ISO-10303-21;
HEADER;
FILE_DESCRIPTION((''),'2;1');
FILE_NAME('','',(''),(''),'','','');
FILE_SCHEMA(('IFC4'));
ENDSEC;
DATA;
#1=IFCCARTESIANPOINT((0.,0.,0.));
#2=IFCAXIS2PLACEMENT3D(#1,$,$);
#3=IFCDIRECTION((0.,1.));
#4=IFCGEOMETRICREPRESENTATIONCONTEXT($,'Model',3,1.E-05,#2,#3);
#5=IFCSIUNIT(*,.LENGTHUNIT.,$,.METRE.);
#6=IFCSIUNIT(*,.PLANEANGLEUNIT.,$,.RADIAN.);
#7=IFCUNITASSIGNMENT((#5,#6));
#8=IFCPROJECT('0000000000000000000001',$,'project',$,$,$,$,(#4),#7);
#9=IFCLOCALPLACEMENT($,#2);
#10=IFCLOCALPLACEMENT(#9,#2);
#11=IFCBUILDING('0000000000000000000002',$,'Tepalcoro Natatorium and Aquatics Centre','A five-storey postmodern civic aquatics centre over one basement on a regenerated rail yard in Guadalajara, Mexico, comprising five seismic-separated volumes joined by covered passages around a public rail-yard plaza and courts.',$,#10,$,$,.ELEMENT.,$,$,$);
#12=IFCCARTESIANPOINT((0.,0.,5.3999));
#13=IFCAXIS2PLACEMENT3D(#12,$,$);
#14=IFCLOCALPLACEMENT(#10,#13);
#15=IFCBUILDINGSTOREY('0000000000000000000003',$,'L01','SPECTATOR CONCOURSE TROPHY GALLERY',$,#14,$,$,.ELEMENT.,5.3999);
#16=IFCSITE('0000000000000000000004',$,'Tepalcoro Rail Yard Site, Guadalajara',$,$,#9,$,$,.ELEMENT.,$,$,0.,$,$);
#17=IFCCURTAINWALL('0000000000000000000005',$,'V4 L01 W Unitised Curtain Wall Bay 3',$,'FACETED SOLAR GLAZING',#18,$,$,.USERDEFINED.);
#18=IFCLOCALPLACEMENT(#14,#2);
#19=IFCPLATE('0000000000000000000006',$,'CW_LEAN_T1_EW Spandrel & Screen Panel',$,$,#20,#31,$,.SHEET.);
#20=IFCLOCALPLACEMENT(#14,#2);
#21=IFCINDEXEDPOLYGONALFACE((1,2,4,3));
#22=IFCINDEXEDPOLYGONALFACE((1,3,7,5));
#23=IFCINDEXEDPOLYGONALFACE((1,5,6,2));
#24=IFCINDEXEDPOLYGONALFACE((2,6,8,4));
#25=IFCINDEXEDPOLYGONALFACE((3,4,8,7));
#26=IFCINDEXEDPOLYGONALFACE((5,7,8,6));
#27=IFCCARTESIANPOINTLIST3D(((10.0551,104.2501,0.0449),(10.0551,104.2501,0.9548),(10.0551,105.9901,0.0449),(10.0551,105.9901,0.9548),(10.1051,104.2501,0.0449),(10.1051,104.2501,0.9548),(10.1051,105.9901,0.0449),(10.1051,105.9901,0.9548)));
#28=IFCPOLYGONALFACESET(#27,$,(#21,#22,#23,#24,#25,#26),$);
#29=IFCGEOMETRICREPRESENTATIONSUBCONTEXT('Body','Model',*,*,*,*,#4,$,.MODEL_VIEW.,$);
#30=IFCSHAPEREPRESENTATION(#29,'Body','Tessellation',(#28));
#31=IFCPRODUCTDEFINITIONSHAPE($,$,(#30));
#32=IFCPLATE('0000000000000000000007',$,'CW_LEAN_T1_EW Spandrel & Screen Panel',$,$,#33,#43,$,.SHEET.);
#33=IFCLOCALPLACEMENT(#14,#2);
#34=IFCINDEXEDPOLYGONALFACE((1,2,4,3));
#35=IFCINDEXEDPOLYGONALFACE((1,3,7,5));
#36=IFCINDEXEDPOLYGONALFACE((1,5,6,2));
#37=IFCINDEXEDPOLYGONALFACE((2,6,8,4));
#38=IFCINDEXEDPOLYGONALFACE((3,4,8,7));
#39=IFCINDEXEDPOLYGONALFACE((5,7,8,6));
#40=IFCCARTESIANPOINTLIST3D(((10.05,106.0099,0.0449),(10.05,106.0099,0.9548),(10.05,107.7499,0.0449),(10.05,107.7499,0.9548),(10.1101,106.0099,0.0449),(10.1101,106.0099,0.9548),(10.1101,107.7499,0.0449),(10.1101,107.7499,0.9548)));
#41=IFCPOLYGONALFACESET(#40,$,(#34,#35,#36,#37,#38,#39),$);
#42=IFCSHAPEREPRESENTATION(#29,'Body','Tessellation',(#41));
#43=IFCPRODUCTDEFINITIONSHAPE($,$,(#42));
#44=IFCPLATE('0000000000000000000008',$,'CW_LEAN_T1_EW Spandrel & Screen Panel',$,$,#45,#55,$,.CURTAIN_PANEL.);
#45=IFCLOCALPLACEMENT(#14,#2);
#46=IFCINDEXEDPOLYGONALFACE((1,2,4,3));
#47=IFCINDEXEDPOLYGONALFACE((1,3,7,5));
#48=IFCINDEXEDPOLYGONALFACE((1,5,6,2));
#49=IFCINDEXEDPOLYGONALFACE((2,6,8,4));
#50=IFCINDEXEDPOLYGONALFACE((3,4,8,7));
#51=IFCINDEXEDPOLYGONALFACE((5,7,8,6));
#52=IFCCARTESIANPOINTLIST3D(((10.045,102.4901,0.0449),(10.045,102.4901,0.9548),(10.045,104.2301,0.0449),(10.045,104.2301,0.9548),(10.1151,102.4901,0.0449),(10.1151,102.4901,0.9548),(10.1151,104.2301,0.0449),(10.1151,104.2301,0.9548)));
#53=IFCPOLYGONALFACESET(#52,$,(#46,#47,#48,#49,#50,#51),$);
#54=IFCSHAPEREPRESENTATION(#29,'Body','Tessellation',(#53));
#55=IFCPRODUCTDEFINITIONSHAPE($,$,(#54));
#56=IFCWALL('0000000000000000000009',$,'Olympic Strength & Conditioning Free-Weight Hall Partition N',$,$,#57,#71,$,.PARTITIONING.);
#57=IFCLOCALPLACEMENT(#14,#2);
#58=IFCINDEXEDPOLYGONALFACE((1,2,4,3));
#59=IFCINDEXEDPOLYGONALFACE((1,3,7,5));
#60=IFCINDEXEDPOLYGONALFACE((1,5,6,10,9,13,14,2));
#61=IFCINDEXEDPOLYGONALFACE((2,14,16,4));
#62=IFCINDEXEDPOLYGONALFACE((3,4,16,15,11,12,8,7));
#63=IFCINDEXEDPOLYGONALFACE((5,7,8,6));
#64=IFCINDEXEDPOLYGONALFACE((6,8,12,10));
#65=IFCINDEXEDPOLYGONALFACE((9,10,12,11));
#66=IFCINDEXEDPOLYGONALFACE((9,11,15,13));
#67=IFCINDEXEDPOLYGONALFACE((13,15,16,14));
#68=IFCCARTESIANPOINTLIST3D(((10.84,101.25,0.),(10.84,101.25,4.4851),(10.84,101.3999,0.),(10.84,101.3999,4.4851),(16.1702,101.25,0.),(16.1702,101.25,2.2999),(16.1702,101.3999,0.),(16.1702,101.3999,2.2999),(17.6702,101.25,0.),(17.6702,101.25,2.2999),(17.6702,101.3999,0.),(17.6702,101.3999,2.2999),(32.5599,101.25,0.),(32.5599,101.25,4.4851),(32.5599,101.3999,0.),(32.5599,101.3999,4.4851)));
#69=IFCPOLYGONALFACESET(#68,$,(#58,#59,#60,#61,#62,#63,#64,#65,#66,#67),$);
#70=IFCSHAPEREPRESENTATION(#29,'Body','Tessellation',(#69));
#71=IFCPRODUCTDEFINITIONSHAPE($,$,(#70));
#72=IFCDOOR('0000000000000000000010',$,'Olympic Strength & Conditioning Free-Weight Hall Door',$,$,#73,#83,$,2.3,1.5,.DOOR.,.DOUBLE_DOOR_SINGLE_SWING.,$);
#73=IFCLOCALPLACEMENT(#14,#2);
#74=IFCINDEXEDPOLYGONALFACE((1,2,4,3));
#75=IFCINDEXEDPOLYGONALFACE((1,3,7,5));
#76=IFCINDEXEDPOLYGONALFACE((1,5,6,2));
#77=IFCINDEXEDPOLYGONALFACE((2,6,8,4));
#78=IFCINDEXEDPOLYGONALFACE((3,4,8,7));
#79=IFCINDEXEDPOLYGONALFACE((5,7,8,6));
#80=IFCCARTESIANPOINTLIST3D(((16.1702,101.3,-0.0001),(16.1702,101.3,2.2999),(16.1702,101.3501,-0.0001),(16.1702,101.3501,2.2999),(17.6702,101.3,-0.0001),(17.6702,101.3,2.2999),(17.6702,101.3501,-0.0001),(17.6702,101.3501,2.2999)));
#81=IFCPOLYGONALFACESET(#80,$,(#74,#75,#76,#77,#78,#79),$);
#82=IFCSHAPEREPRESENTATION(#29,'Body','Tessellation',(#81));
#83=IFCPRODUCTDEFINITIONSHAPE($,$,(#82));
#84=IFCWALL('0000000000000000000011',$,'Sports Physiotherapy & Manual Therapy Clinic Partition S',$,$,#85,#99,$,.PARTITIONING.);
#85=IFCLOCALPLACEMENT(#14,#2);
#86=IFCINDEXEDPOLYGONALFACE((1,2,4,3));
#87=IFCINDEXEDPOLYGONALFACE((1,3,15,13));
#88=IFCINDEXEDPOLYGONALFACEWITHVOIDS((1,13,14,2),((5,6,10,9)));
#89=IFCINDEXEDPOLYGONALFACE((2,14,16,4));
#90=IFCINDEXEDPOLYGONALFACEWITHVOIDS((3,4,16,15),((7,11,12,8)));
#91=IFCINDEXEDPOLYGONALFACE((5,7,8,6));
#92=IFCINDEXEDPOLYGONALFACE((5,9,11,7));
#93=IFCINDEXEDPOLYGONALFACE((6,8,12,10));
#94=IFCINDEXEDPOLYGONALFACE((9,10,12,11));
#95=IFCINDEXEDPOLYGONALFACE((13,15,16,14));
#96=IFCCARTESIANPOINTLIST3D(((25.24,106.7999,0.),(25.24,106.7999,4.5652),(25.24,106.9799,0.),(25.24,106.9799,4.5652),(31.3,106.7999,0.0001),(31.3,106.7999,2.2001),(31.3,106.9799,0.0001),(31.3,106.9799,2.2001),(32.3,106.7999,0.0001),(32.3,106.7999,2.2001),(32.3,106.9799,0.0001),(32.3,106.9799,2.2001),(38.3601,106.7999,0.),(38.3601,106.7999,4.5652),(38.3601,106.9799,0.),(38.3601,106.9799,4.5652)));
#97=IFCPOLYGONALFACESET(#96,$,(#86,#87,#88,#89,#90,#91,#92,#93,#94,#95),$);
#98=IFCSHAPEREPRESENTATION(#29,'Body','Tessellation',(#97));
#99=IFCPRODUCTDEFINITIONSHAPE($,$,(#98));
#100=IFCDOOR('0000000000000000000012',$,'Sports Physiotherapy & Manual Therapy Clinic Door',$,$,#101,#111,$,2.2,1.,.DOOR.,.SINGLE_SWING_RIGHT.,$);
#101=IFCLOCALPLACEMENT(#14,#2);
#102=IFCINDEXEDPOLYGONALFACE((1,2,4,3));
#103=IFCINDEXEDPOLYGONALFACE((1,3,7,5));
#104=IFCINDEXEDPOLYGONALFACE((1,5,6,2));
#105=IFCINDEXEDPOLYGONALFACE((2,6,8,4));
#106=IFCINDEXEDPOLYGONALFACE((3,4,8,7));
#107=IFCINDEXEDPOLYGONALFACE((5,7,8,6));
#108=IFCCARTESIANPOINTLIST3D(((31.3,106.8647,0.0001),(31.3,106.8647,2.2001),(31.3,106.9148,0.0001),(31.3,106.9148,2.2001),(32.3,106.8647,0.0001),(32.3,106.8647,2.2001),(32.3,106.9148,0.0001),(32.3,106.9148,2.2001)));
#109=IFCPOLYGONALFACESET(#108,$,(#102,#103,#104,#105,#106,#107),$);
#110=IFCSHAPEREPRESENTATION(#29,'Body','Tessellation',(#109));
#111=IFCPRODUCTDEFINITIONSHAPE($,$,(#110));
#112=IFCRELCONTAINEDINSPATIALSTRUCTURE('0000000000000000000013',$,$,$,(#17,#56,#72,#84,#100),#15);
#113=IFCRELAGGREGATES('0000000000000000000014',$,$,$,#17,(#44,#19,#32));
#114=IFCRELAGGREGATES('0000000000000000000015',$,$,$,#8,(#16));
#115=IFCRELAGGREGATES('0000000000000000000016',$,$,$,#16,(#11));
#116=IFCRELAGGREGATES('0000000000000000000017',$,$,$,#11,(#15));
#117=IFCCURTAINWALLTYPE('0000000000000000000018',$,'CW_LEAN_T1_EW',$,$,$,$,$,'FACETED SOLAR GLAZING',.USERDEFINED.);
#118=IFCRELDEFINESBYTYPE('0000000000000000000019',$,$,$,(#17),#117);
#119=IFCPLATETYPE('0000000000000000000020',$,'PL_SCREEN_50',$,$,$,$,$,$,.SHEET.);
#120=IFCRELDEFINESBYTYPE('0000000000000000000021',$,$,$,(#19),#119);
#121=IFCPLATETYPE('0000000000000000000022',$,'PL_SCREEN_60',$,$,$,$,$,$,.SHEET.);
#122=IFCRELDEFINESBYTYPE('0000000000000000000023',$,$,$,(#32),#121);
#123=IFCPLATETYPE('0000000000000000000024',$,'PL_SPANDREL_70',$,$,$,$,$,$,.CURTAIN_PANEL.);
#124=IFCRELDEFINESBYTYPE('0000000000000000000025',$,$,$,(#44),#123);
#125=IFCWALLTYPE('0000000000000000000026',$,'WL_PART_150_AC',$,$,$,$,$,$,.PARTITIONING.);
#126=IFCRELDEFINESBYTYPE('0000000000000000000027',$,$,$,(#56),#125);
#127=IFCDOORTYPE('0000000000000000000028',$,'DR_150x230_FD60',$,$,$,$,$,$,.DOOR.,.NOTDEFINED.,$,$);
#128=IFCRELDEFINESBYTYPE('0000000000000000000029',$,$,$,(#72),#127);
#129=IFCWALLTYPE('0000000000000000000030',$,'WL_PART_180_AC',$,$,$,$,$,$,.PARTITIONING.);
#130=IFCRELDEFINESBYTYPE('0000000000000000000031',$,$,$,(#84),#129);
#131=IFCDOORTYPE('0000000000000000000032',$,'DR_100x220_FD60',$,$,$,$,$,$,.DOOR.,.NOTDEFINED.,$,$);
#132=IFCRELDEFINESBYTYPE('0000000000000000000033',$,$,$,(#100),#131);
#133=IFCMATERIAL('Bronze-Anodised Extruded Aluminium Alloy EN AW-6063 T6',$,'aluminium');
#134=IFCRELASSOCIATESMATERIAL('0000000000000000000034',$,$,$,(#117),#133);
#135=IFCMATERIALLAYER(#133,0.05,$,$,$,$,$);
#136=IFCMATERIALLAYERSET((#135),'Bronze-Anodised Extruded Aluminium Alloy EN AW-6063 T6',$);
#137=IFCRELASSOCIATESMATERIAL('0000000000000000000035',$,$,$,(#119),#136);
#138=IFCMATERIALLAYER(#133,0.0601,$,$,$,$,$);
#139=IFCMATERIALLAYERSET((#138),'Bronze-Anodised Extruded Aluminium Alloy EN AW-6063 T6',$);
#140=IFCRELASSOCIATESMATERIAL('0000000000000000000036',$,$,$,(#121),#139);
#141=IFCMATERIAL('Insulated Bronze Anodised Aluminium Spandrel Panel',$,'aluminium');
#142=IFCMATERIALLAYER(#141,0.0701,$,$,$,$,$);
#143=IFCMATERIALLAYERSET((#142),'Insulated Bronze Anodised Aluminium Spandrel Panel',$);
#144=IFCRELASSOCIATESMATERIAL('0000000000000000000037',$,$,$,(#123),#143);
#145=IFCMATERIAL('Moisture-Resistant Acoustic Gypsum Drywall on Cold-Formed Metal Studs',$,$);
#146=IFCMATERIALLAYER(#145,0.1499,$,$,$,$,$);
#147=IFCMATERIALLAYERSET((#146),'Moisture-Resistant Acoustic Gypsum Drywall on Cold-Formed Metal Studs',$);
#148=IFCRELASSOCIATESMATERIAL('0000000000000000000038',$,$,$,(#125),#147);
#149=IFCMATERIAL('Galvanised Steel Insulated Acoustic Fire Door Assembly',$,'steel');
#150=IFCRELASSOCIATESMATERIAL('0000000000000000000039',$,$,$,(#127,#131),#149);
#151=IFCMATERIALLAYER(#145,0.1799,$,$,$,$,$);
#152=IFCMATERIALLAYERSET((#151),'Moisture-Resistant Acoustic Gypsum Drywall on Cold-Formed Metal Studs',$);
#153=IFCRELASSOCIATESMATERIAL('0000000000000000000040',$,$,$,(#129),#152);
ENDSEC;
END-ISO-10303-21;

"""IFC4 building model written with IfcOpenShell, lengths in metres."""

from ifc_helpers import new_model, si_unit, direction, frame, frame_2d, origin, origin_2d, place, context, subcontext, project, spatial, rectangle, extrude, material, layer, layer_set, type_object, element, fill, aggregate, save


model = new_model("IFC4")

# Units and contexts
model_context = context("Model", 3, precision=1e-05, world=origin(), true_north=direction((0.0, 1.0)))
body_context = subcontext(model_context, "Body", "Model", "MODEL_VIEW")
ifc_project = project(units=[si_unit("LENGTHUNIT", "METRE"), si_unit("PLANEANGLEUNIT", "RADIAN")], contexts=[model_context])

# Site, building, storey
site_placement = place(None, origin())
site = spatial("IfcSite", under=ifc_project, at=site_placement, Name="Tepalcoro Rail Yard Site, Guadalajara", CompositionType="ELEMENT", RefElevation=0.0)
building_placement = place(site_placement, origin())
building = spatial("IfcBuilding", under=site, at=building_placement, Name="Tepalcoro Natatorium and Aquatics Centre", Description="A five-storey postmodern civic aquatics centre over one basement on a regenerated rail yard in Guadalajara, Mexico, comprising five seismic-separated volumes joined by covered passages around a public rail-yard plaza and courts.", CompositionType="ELEMENT")
storey_placement = place(building_placement, frame((0.0, 0.0, 5.3999)))
storey = spatial("IfcBuildingStorey", under=building, at=storey_placement, Name="L01", Description="SPECTATOR CONCOURSE TROPHY GALLERY", CompositionType="ELEMENT", Elevation=5.3999)

# Curtain wall
ifc_material_1 = material(Name="Bronze-Anodised Extruded Aluminium Alloy EN AW-6063 T6", Category="aluminium")
curtain_wall_type = type_object("IfcCurtainWallType", Name="CW_LEAN_T1_EW", ElementType="FACETED SOLAR GLAZING", PredefinedType="USERDEFINED", material=ifc_material_1)
curtain_wall_placement = place(storey_placement, origin())
curtain_wall = element("IfcCurtainWall", 1, at=curtain_wall_placement, inside=storey, type_object=curtain_wall_type, Name="V4 L01 W Unitised Curtain Wall Bay 3", ObjectType="FACETED SOLAR GLAZING", PredefinedType="USERDEFINED")

# Plates
ifc_layer_1 = layer(ifc_material_1, 0.05)
ifc_layer_set_1 = layer_set([ifc_layer_1], Name="Bronze-Anodised Extruded Aluminium Alloy EN AW-6063 T6")
plate_type_1 = type_object("IfcPlateType", Name="PL_SCREEN_50", PredefinedType="SHEET", material=ifc_layer_set_1)
plate_1_placement = place(storey_placement, frame((10.0801, 105.1201, 0.0449), z_axis=(0.0, 0.0, 1.0), x_axis=(1.0, 0.0, 0.0)))
plate_1 = element("IfcPlate", 2, at=plate_1_placement, type_object=plate_type_1, Name="CW_LEAN_T1_EW Spandrel & Screen Panel", PredefinedType="SHEET", context=body_context, shape_type="SweptSolid", body=[
    extrude(rectangle(XDim=0.05, YDim=1.74, at=origin_2d()), origin(), (0.0, 0.0, 1.0), 0.9099),
])
ifc_layer_2 = layer(ifc_material_1, 0.0601)
ifc_layer_set_2 = layer_set([ifc_layer_2], Name="Bronze-Anodised Extruded Aluminium Alloy EN AW-6063 T6")
plate_type_2 = type_object("IfcPlateType", Name="PL_SCREEN_60", PredefinedType="SHEET", material=ifc_layer_set_2)
plate_2_placement = place(storey_placement, frame((10.0801, 106.8799, 0.0449), z_axis=(0.0, 0.0, 1.0), x_axis=(1.0, 0.0, 0.0)))
plate_2 = element("IfcPlate", 3, at=plate_2_placement, type_object=plate_type_2, Name="CW_LEAN_T1_EW Spandrel & Screen Panel", PredefinedType="SHEET", context=body_context, shape_type="SweptSolid", body=[
    extrude(rectangle(XDim=0.0601, YDim=1.74, at=origin_2d()), origin(), (0.0, 0.0, 1.0), 0.9099),
])
ifc_material_2 = material(Name="Insulated Bronze Anodised Aluminium Spandrel Panel", Category="aluminium")
ifc_layer_3 = layer(ifc_material_2, 0.0701)
ifc_layer_set_3 = layer_set([ifc_layer_3], Name="Insulated Bronze Anodised Aluminium Spandrel Panel")
plate_type_3 = type_object("IfcPlateType", Name="PL_SPANDREL_70", PredefinedType="CURTAIN_PANEL", material=ifc_layer_set_3)
plate_3_placement = place(storey_placement, frame((10.0801, 103.3601, 0.0449), z_axis=(0.0, 0.0, 1.0), x_axis=(1.0, 0.0, 0.0)))
plate_3 = element("IfcPlate", 4, at=plate_3_placement, type_object=plate_type_3, Name="CW_LEAN_T1_EW Spandrel & Screen Panel", PredefinedType="CURTAIN_PANEL", context=body_context, shape_type="SweptSolid", body=[
    extrude(rectangle(XDim=0.0701, YDim=1.74, at=origin_2d()), origin(), (0.0, 0.0, 1.0), 0.9099),
])
aggregate(curtain_wall, [plate_3, plate_1, plate_2])

# Walls, openings, doors
ifc_material_3 = material(Name="Moisture-Resistant Acoustic Gypsum Drywall on Cold-Formed Metal Studs")
ifc_layer_4 = layer(ifc_material_3, 0.1499)
ifc_layer_set_4 = layer_set([ifc_layer_4], Name="Moisture-Resistant Acoustic Gypsum Drywall on Cold-Formed Metal Studs")
wall_type_1 = type_object("IfcWallType", Name="WL_PART_150_AC", PredefinedType="PARTITIONING", material=ifc_layer_set_4)
wall_1_placement = place(storey_placement, frame((10.8401, 101.325, 0.0), z_axis=(0.0, 0.0, 1.0), x_axis=(1.0, 0.0, 0.0)))
wall_1 = element("IfcWall", 5, at=wall_1_placement, inside=storey, type_object=wall_type_1, Name="Olympic Strength & Conditioning Free-Weight Hall Partition N", PredefinedType="PARTITIONING", context=body_context, shape_type="SweptSolid", body=[
    extrude(rectangle(XDim=21.72, YDim=0.1499, at=frame_2d((10.8599, 0.0))), origin(), (0.0, 0.0, 1.0), 4.4851),
])
opening_1_placement = place(wall_1_placement, frame((5.3301, 0.0, 0.0)))
opening_1 = element("IfcOpeningElement", 6, at=opening_1_placement, cuts=wall_1, PredefinedType="OPENING", context=body_context, shape_type="SweptSolid", body=[
    extrude(rectangle(XDim=1.5, YDim=2.3, at=frame_2d((0.75, 1.1499))), frame((0.0, 0.0869, 0.0), z_axis=(0.0, -1.0, 0.0), x_axis=(1.0, 0.0, 0.0)), (0.0, 0.0, 1.0), 0.1738),
])
ifc_material_4 = material(Name="Galvanised Steel Insulated Acoustic Fire Door Assembly", Category="steel")
door_type_1 = type_object("IfcDoorType", Name="DR_150x230_FD60", OperationType="NOTDEFINED", PredefinedType="DOOR", material=ifc_material_4)
door_1_placement = place(opening_1_placement, frame((1.5, 0.0, 0.0), z_axis=(0.0, 0.0, 1.0), x_axis=(-1.0, 0.0, 0.0)))
door_1 = element("IfcDoor", 7, at=door_1_placement, inside=storey, type_object=door_type_1, Name="Olympic Strength & Conditioning Free-Weight Hall Door", OperationType="DOUBLE_DOOR_SINGLE_SWING", OverallHeight=2.3, OverallWidth=1.5, PredefinedType="DOOR", context=body_context, shape_type="SweptSolid", body=[
    extrude(rectangle(XDim=1.5, YDim=2.3, at=frame_2d((0.75, 1.1499))), frame((0.0, 0.0249, 0.0), z_axis=(0.0, -1.0, 0.0), x_axis=(1.0, 0.0, 0.0)), (0.0, 0.0, 1.0), 0.05),
])
fill(opening_1, door_1)
ifc_layer_5 = layer(ifc_material_3, 0.1799)
ifc_layer_set_5 = layer_set([ifc_layer_5], Name="Moisture-Resistant Acoustic Gypsum Drywall on Cold-Formed Metal Studs")
wall_type_2 = type_object("IfcWallType", Name="WL_PART_180_AC", PredefinedType="PARTITIONING", material=ifc_layer_set_5)
wall_2_placement = place(storey_placement, frame((25.24, 106.8899, 0.0), z_axis=(0.0, 0.0, 1.0), x_axis=(1.0, 0.0, 0.0)))
wall_2 = element("IfcWall", 8, at=wall_2_placement, inside=storey, type_object=wall_type_2, Name="Sports Physiotherapy & Manual Therapy Clinic Partition S", PredefinedType="PARTITIONING", context=body_context, shape_type="SweptSolid", body=[
    extrude(rectangle(XDim=13.1201, YDim=0.1799, at=frame_2d((6.5601, 0.0))), origin(), (0.0, 0.0, 1.0), 4.5652),
])
opening_2_placement = place(wall_2_placement, frame((6.0601, 0.0, 0.0)))
opening_2 = element("IfcOpeningElement", 9, at=opening_2_placement, cuts=wall_2, PredefinedType="OPENING", context=body_context, shape_type="SweptSolid", body=[
    extrude(rectangle(XDim=1.0, YDim=2.2, at=frame_2d((0.5, 1.1001))), frame((0.0, 0.1021, 0.0), z_axis=(0.0, -1.0, 0.0), x_axis=(1.0, 0.0, 0.0)), (0.0, 0.0, 1.0), 0.2039),
])
door_type_2 = type_object("IfcDoorType", Name="DR_100x220_FD60", OperationType="NOTDEFINED", PredefinedType="DOOR", material=ifc_material_4)
door_2_placement = place(opening_2_placement, origin())
door_2 = element("IfcDoor", 10, at=door_2_placement, inside=storey, type_object=door_type_2, Name="Sports Physiotherapy & Manual Therapy Clinic Door", OperationType="SINGLE_SWING_RIGHT", OverallHeight=2.2, OverallWidth=1.0, PredefinedType="DOOR", context=body_context, shape_type="SweptSolid", body=[
    extrude(rectangle(XDim=1.0, YDim=2.2, at=frame_2d((0.5, 1.1001))), frame((0.0, 0.0249, 0.0), z_axis=(0.0, -1.0, 0.0), x_axis=(1.0, 0.0, 0.0)), (0.0, 0.0, 1.0), 0.05),
])
fill(opening_2, door_2)

save(model, "model.ifc")
